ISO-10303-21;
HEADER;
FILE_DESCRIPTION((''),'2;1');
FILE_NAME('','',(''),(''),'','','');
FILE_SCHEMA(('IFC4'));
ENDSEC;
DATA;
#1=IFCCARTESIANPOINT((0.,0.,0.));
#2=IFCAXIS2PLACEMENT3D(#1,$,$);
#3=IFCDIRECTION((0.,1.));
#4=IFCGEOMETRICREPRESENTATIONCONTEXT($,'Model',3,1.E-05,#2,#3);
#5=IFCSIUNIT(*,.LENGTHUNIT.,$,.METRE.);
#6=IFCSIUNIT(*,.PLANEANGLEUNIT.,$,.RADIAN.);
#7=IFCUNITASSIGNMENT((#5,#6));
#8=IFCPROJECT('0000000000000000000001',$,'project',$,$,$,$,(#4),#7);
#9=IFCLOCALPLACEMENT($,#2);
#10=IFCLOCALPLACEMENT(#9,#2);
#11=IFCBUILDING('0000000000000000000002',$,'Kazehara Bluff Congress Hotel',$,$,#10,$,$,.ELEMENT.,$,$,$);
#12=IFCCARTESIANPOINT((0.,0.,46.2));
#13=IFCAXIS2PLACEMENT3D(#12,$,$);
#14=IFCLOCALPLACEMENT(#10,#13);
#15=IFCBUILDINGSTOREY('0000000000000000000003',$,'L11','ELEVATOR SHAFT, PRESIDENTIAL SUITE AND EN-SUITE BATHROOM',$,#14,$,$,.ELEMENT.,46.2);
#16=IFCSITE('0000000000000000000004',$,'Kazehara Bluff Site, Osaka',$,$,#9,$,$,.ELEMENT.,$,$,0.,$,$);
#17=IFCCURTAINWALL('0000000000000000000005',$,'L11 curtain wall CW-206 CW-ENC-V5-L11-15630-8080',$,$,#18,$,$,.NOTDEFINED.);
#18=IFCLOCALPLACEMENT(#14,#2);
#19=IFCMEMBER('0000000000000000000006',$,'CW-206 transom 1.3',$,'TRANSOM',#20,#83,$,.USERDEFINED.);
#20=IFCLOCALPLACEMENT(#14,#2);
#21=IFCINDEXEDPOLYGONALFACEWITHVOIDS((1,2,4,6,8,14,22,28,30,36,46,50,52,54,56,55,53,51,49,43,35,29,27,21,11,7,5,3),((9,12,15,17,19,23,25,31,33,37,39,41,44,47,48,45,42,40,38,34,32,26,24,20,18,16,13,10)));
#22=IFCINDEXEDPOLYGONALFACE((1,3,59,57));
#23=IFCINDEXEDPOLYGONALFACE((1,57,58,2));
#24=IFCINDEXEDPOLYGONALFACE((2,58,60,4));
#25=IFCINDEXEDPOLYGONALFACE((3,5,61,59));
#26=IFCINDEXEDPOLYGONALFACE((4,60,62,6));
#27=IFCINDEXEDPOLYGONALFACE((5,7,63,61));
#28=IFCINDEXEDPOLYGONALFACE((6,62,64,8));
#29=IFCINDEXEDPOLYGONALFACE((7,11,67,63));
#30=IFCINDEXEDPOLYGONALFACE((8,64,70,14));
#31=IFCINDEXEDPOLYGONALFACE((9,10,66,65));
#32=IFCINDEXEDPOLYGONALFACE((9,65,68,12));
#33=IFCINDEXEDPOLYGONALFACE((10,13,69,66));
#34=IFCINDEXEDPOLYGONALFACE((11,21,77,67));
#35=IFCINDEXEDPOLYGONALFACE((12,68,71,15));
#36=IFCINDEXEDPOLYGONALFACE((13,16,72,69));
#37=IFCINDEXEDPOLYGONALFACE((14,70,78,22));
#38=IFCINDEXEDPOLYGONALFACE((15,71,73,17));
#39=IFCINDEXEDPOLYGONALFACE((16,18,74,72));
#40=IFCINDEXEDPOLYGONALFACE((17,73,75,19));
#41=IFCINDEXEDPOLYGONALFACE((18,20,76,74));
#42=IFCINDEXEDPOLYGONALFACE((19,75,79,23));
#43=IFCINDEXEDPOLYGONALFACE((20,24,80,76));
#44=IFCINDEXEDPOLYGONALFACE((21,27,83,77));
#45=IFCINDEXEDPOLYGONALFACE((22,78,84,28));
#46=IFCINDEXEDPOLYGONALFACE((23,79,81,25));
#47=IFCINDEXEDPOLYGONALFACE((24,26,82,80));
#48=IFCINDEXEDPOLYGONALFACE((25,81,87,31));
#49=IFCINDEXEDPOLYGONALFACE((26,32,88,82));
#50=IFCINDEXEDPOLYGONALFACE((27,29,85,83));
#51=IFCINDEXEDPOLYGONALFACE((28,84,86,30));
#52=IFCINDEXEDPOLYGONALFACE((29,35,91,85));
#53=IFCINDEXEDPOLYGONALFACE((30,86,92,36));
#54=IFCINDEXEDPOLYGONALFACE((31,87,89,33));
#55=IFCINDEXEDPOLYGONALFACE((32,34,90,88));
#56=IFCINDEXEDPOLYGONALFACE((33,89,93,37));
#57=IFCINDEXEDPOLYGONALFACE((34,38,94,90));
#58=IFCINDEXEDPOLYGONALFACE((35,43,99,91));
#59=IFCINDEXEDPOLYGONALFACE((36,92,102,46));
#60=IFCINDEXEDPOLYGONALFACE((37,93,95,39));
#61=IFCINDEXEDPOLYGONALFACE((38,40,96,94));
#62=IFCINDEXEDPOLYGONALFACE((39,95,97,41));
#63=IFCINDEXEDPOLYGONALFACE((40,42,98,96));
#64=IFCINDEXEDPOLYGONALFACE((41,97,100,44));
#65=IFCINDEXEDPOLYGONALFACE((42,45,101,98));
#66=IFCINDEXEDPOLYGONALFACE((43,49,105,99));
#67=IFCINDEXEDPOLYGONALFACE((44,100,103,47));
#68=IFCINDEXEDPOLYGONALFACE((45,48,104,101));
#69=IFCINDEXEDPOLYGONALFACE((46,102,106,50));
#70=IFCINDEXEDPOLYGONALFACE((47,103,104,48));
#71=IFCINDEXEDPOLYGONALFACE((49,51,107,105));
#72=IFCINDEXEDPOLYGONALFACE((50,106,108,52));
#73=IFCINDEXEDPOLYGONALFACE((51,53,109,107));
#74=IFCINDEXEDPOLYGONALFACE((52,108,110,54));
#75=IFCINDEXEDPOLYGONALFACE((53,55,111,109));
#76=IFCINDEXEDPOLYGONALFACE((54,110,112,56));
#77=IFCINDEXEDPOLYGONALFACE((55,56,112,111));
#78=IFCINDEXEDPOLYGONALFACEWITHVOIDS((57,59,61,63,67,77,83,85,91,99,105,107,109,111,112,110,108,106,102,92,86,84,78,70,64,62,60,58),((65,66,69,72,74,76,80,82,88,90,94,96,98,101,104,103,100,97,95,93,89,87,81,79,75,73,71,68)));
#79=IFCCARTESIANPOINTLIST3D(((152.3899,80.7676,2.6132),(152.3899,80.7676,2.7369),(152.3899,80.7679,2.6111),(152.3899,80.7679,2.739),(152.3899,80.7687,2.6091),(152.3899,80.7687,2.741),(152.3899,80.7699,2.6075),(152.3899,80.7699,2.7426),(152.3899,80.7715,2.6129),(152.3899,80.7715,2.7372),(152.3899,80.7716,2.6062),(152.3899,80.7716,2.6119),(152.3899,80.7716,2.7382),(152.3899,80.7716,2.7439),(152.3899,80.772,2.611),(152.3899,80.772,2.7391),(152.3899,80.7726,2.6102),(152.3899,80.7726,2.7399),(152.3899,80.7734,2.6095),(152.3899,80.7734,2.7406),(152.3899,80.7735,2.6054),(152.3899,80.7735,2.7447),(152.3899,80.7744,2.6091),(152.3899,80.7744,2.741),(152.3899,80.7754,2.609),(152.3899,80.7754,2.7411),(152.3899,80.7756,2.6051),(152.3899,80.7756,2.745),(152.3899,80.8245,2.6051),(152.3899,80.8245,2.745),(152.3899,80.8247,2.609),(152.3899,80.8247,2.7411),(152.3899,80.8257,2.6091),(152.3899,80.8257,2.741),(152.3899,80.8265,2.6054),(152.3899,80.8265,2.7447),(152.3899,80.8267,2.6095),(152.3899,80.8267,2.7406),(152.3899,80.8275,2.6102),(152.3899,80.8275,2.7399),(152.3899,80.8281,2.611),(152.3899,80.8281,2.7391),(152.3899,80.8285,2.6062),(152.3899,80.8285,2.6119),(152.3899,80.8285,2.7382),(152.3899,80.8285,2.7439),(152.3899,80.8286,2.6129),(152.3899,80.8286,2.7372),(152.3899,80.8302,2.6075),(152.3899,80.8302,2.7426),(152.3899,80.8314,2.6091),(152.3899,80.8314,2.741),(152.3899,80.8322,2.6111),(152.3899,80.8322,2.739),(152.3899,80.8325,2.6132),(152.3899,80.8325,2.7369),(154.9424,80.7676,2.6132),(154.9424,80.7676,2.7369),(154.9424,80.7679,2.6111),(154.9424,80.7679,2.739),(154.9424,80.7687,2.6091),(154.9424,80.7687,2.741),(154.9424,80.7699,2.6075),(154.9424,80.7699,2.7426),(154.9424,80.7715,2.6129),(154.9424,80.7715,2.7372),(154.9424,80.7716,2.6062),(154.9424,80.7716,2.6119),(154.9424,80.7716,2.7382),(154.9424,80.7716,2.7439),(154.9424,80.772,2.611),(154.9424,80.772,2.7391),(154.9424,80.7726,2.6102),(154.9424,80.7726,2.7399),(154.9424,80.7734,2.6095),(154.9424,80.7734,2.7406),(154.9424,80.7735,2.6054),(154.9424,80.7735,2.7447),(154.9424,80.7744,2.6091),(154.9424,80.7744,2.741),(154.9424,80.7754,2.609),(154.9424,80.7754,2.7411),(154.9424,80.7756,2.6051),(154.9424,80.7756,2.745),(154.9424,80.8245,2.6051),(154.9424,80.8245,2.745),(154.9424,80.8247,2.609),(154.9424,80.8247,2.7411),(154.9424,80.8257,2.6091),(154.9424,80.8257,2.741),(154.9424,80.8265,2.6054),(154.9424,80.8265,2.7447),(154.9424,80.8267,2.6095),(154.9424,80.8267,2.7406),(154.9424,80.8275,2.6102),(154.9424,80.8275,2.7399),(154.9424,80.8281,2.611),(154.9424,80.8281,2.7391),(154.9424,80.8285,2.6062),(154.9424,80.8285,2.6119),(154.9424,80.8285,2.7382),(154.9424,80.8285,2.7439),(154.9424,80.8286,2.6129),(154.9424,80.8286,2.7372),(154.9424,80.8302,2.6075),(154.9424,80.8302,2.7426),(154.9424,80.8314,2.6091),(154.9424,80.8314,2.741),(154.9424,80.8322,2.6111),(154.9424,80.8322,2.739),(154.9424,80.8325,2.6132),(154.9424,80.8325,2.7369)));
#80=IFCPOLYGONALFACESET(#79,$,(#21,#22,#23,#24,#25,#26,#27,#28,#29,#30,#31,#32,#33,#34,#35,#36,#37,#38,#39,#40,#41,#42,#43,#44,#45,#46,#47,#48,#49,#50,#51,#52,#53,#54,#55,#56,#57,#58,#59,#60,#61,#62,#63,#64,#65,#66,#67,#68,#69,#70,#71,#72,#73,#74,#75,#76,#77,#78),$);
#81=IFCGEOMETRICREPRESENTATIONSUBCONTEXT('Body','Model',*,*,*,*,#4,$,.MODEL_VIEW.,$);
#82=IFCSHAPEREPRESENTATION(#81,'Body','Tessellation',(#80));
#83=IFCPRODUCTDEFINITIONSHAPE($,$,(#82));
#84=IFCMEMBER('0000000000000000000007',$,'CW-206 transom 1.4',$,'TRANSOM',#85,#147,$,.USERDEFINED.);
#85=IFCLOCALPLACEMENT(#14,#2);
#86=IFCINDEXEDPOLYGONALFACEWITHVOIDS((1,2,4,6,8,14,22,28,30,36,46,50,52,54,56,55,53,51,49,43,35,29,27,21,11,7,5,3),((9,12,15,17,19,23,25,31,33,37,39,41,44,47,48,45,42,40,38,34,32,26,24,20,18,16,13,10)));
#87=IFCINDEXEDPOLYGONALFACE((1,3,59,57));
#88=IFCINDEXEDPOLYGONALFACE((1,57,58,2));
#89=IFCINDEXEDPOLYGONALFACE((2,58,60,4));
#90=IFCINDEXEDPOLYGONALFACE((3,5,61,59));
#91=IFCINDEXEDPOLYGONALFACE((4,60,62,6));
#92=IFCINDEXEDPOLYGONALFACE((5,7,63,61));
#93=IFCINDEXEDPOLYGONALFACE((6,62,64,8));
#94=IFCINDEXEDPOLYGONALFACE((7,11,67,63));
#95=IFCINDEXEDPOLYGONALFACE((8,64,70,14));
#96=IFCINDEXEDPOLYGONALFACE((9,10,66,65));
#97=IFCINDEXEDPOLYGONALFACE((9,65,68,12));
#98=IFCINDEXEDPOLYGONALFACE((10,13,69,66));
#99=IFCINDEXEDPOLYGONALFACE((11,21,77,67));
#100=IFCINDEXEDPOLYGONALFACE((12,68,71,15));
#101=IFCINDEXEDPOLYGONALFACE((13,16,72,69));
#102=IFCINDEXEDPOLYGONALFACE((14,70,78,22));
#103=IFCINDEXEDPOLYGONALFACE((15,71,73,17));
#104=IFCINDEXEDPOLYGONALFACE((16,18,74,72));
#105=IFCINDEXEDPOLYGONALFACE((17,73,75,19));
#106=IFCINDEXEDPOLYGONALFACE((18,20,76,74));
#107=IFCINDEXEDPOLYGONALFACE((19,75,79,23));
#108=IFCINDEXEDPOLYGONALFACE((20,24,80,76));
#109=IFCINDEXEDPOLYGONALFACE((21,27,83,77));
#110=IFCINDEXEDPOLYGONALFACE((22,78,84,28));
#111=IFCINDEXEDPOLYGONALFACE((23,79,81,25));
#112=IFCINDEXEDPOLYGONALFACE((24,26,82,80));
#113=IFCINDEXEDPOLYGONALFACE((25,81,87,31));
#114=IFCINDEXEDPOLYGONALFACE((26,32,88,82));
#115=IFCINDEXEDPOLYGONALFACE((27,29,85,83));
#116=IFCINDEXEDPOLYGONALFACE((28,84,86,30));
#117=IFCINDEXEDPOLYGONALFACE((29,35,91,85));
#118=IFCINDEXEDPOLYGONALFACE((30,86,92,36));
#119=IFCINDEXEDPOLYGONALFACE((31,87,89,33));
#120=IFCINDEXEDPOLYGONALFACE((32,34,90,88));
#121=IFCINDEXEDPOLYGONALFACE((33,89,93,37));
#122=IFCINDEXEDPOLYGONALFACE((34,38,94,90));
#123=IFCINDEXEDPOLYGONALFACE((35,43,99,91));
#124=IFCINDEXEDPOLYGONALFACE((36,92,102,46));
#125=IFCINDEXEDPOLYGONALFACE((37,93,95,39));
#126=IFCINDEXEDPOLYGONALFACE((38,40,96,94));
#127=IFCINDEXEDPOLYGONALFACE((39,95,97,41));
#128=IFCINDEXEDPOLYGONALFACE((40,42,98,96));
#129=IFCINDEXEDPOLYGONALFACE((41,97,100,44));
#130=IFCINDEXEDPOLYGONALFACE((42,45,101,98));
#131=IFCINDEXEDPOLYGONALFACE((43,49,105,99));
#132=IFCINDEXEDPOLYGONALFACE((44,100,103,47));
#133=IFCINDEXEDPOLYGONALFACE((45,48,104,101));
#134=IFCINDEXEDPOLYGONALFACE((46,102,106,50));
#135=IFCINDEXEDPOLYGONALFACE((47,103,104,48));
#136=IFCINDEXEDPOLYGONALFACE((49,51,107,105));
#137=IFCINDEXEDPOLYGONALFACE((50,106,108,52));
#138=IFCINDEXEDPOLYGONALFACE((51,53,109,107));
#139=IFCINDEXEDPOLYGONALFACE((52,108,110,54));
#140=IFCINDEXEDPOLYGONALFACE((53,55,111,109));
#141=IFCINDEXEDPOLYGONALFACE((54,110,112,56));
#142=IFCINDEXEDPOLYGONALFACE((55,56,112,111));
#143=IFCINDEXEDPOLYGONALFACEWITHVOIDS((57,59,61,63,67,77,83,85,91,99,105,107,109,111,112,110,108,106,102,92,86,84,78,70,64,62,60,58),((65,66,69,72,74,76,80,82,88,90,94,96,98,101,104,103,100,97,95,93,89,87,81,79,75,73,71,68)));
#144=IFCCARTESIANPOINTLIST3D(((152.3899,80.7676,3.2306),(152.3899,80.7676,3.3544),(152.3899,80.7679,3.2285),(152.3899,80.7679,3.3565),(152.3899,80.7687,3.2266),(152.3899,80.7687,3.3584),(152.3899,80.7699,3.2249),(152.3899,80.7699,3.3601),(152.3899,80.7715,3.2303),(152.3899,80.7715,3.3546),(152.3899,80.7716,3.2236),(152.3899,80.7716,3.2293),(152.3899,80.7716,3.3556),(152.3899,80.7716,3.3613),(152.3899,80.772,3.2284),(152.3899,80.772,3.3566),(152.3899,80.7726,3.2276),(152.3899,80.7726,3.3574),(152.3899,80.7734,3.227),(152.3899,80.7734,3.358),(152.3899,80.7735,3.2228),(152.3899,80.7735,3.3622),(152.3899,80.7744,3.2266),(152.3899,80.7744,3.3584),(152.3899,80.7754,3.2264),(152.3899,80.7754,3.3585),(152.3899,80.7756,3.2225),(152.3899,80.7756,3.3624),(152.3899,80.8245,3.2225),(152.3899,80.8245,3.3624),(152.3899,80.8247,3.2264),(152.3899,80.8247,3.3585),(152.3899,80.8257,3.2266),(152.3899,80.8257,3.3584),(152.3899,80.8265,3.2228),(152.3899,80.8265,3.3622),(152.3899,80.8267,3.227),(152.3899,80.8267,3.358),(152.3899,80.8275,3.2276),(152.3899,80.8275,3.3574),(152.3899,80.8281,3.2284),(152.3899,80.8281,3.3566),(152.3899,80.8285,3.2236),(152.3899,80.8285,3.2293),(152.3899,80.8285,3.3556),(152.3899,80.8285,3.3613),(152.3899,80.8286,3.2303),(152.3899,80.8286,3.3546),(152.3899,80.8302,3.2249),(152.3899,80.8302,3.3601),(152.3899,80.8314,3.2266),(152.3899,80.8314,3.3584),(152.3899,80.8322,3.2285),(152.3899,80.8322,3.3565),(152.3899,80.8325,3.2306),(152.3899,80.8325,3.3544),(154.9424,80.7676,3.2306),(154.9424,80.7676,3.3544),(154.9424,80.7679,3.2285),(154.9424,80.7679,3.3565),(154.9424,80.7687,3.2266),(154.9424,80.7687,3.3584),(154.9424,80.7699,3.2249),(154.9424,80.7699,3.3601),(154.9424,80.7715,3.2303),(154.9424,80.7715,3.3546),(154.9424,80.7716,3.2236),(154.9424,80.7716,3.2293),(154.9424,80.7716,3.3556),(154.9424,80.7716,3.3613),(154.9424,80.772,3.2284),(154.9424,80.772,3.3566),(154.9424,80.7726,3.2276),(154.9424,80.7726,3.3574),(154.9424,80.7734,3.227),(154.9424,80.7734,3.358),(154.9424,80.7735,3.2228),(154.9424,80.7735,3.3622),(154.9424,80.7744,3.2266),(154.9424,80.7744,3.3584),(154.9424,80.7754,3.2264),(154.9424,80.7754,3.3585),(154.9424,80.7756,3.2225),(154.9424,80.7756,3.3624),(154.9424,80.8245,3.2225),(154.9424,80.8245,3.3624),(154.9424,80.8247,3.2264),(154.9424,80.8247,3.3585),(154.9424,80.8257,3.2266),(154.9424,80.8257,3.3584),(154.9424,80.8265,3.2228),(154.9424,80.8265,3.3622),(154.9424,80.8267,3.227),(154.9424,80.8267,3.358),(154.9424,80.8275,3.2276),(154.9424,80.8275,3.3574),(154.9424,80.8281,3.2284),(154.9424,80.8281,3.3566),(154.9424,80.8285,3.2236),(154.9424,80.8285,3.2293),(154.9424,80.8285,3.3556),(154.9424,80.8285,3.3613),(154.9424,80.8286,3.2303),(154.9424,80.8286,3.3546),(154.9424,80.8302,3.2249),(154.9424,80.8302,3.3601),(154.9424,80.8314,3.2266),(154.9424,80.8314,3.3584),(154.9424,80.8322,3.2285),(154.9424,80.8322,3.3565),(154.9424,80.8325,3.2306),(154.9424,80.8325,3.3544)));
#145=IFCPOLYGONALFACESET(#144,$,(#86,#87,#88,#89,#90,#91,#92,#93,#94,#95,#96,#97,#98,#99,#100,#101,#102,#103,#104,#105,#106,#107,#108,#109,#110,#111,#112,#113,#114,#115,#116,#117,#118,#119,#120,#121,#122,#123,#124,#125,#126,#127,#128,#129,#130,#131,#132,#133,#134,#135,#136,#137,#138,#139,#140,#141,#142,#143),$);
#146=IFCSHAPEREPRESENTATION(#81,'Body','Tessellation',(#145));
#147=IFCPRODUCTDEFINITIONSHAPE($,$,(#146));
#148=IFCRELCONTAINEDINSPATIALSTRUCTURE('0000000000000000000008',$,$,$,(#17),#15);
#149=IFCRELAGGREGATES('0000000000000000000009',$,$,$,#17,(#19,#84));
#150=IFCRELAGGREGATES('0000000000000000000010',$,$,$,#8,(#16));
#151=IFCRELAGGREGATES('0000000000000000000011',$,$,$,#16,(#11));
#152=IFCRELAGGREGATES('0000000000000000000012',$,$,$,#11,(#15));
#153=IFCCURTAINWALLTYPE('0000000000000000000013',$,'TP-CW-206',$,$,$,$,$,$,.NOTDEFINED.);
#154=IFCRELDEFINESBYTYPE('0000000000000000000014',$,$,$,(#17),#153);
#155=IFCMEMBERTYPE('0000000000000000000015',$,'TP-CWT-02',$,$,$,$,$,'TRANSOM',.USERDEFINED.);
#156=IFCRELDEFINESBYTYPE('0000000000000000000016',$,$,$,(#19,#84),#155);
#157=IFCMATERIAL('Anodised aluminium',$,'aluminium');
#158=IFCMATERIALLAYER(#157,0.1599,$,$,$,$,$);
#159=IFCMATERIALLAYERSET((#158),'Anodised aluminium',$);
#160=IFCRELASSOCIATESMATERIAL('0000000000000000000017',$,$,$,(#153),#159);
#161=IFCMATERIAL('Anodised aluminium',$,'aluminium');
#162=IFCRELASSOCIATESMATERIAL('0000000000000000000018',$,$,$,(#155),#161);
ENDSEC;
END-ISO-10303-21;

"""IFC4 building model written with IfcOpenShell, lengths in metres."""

from ifc_helpers import new_model, si_unit, direction, frame, origin, origin_2d, place, context, subcontext, project, spatial, hollow_rectangle, extrude, material, layer, layer_set, material_profile, profile_set, type_object, element, aggregate, save


model = new_model("IFC4")

# Units and contexts
model_context = context("Model", 3, precision=1e-05, world=origin(), true_north=direction((0.0, 1.0)))
body_context = subcontext(model_context, "Body", "Model", "MODEL_VIEW")
ifc_project = project(units=[si_unit("LENGTHUNIT", "METRE"), si_unit("PLANEANGLEUNIT", "RADIAN")], contexts=[model_context])

# Site, building, storey
site_placement = place(None, origin())
site = spatial("IfcSite", under=ifc_project, at=site_placement, Name="Kazehara Bluff Site, Osaka", CompositionType="ELEMENT", RefElevation=0.0)
building_placement = place(site_placement, origin())
building = spatial("IfcBuilding", under=site, at=building_placement, Name="Kazehara Bluff Congress Hotel", CompositionType="ELEMENT")
storey_placement = place(building_placement, frame((0.0, 0.0, 46.2)))
storey = spatial("IfcBuildingStorey", under=building, at=storey_placement, Name="L11", Description="ELEVATOR SHAFT, PRESIDENTIAL SUITE AND EN-SUITE BATHROOM", CompositionType="ELEMENT", Elevation=46.2)

# Shared definitions
ifc_material_1 = material(Name="Anodised aluminium", Category="aluminium")
ifc_layer_1 = layer(ifc_material_1, 0.1599)
ifc_layer_set_1 = layer_set([ifc_layer_1], Name="Anodised aluminium")
curtain_wall_type = type_object("IfcCurtainWallType", Name="TP-CW-206", PredefinedType="NOTDEFINED", material=ifc_layer_set_1)

# Curtain wall, members
curtain_wall_1_placement = place(storey_placement, origin())
curtain_wall_1 = element("IfcCurtainWall", 1, at=curtain_wall_1_placement, inside=storey, type_object=curtain_wall_type, Name="L11 curtain wall CW-206 CW-ENC-V5-L11-15630-8080", PredefinedType="NOTDEFINED")
ifc_material_2 = material(Name="Anodised aluminium", Category="aluminium")
ifc_material_profile_1 = material_profile(ifc_material_2, hollow_rectangle(XDim=0.0649, YDim=0.1399, WallThickness=0.0039, InnerFilletRadius=0.0039, OuterFilletRadius=0.0081, at=origin_2d()))
ifc_profile_set_1 = profile_set([ifc_material_profile_1], Name="Anodised aluminium")
member_type_1 = type_object("IfcMemberType", Name="TP-CWT-02", ElementType="TRANSOM", PredefinedType="USERDEFINED", material=ifc_profile_set_1)
member_1_placement = place(storey_placement, frame((152.3899, 80.8, 2.675), z_axis=(1.0, 0.0, 0.0), x_axis=(0.0, 1.0, 0.0)))
member_1 = element("IfcMember", 2, at=member_1_placement, type_object=member_type_1, Name="CW-206 transom 1.3", ObjectType="TRANSOM", PredefinedType="USERDEFINED", context=body_context, shape_type="SweptSolid", body=[
    extrude(hollow_rectangle(XDim=0.0649, YDim=0.1399, WallThickness=0.0039, InnerFilletRadius=0.0039, OuterFilletRadius=0.0081, at=origin_2d()), origin(), (0.0, 0.0, 1.0), 2.5525),
])
member_2_placement = place(storey_placement, frame((152.3899, 80.8, 3.2925), z_axis=(1.0, 0.0, 0.0), x_axis=(0.0, 1.0, 0.0)))
member_2 = element("IfcMember", 3, at=member_2_placement, type_object=member_type_1, Name="CW-206 transom 1.4", ObjectType="TRANSOM", PredefinedType="USERDEFINED", context=body_context, shape_type="SweptSolid", body=[
    extrude(hollow_rectangle(XDim=0.0649, YDim=0.1399, WallThickness=0.0039, InnerFilletRadius=0.0039, OuterFilletRadius=0.0081, at=origin_2d()), origin(), (0.0, 0.0, 1.0), 2.5525),
])

aggregate(curtain_wall_1, [member_1, member_2])

save(model, "model.ifc")
